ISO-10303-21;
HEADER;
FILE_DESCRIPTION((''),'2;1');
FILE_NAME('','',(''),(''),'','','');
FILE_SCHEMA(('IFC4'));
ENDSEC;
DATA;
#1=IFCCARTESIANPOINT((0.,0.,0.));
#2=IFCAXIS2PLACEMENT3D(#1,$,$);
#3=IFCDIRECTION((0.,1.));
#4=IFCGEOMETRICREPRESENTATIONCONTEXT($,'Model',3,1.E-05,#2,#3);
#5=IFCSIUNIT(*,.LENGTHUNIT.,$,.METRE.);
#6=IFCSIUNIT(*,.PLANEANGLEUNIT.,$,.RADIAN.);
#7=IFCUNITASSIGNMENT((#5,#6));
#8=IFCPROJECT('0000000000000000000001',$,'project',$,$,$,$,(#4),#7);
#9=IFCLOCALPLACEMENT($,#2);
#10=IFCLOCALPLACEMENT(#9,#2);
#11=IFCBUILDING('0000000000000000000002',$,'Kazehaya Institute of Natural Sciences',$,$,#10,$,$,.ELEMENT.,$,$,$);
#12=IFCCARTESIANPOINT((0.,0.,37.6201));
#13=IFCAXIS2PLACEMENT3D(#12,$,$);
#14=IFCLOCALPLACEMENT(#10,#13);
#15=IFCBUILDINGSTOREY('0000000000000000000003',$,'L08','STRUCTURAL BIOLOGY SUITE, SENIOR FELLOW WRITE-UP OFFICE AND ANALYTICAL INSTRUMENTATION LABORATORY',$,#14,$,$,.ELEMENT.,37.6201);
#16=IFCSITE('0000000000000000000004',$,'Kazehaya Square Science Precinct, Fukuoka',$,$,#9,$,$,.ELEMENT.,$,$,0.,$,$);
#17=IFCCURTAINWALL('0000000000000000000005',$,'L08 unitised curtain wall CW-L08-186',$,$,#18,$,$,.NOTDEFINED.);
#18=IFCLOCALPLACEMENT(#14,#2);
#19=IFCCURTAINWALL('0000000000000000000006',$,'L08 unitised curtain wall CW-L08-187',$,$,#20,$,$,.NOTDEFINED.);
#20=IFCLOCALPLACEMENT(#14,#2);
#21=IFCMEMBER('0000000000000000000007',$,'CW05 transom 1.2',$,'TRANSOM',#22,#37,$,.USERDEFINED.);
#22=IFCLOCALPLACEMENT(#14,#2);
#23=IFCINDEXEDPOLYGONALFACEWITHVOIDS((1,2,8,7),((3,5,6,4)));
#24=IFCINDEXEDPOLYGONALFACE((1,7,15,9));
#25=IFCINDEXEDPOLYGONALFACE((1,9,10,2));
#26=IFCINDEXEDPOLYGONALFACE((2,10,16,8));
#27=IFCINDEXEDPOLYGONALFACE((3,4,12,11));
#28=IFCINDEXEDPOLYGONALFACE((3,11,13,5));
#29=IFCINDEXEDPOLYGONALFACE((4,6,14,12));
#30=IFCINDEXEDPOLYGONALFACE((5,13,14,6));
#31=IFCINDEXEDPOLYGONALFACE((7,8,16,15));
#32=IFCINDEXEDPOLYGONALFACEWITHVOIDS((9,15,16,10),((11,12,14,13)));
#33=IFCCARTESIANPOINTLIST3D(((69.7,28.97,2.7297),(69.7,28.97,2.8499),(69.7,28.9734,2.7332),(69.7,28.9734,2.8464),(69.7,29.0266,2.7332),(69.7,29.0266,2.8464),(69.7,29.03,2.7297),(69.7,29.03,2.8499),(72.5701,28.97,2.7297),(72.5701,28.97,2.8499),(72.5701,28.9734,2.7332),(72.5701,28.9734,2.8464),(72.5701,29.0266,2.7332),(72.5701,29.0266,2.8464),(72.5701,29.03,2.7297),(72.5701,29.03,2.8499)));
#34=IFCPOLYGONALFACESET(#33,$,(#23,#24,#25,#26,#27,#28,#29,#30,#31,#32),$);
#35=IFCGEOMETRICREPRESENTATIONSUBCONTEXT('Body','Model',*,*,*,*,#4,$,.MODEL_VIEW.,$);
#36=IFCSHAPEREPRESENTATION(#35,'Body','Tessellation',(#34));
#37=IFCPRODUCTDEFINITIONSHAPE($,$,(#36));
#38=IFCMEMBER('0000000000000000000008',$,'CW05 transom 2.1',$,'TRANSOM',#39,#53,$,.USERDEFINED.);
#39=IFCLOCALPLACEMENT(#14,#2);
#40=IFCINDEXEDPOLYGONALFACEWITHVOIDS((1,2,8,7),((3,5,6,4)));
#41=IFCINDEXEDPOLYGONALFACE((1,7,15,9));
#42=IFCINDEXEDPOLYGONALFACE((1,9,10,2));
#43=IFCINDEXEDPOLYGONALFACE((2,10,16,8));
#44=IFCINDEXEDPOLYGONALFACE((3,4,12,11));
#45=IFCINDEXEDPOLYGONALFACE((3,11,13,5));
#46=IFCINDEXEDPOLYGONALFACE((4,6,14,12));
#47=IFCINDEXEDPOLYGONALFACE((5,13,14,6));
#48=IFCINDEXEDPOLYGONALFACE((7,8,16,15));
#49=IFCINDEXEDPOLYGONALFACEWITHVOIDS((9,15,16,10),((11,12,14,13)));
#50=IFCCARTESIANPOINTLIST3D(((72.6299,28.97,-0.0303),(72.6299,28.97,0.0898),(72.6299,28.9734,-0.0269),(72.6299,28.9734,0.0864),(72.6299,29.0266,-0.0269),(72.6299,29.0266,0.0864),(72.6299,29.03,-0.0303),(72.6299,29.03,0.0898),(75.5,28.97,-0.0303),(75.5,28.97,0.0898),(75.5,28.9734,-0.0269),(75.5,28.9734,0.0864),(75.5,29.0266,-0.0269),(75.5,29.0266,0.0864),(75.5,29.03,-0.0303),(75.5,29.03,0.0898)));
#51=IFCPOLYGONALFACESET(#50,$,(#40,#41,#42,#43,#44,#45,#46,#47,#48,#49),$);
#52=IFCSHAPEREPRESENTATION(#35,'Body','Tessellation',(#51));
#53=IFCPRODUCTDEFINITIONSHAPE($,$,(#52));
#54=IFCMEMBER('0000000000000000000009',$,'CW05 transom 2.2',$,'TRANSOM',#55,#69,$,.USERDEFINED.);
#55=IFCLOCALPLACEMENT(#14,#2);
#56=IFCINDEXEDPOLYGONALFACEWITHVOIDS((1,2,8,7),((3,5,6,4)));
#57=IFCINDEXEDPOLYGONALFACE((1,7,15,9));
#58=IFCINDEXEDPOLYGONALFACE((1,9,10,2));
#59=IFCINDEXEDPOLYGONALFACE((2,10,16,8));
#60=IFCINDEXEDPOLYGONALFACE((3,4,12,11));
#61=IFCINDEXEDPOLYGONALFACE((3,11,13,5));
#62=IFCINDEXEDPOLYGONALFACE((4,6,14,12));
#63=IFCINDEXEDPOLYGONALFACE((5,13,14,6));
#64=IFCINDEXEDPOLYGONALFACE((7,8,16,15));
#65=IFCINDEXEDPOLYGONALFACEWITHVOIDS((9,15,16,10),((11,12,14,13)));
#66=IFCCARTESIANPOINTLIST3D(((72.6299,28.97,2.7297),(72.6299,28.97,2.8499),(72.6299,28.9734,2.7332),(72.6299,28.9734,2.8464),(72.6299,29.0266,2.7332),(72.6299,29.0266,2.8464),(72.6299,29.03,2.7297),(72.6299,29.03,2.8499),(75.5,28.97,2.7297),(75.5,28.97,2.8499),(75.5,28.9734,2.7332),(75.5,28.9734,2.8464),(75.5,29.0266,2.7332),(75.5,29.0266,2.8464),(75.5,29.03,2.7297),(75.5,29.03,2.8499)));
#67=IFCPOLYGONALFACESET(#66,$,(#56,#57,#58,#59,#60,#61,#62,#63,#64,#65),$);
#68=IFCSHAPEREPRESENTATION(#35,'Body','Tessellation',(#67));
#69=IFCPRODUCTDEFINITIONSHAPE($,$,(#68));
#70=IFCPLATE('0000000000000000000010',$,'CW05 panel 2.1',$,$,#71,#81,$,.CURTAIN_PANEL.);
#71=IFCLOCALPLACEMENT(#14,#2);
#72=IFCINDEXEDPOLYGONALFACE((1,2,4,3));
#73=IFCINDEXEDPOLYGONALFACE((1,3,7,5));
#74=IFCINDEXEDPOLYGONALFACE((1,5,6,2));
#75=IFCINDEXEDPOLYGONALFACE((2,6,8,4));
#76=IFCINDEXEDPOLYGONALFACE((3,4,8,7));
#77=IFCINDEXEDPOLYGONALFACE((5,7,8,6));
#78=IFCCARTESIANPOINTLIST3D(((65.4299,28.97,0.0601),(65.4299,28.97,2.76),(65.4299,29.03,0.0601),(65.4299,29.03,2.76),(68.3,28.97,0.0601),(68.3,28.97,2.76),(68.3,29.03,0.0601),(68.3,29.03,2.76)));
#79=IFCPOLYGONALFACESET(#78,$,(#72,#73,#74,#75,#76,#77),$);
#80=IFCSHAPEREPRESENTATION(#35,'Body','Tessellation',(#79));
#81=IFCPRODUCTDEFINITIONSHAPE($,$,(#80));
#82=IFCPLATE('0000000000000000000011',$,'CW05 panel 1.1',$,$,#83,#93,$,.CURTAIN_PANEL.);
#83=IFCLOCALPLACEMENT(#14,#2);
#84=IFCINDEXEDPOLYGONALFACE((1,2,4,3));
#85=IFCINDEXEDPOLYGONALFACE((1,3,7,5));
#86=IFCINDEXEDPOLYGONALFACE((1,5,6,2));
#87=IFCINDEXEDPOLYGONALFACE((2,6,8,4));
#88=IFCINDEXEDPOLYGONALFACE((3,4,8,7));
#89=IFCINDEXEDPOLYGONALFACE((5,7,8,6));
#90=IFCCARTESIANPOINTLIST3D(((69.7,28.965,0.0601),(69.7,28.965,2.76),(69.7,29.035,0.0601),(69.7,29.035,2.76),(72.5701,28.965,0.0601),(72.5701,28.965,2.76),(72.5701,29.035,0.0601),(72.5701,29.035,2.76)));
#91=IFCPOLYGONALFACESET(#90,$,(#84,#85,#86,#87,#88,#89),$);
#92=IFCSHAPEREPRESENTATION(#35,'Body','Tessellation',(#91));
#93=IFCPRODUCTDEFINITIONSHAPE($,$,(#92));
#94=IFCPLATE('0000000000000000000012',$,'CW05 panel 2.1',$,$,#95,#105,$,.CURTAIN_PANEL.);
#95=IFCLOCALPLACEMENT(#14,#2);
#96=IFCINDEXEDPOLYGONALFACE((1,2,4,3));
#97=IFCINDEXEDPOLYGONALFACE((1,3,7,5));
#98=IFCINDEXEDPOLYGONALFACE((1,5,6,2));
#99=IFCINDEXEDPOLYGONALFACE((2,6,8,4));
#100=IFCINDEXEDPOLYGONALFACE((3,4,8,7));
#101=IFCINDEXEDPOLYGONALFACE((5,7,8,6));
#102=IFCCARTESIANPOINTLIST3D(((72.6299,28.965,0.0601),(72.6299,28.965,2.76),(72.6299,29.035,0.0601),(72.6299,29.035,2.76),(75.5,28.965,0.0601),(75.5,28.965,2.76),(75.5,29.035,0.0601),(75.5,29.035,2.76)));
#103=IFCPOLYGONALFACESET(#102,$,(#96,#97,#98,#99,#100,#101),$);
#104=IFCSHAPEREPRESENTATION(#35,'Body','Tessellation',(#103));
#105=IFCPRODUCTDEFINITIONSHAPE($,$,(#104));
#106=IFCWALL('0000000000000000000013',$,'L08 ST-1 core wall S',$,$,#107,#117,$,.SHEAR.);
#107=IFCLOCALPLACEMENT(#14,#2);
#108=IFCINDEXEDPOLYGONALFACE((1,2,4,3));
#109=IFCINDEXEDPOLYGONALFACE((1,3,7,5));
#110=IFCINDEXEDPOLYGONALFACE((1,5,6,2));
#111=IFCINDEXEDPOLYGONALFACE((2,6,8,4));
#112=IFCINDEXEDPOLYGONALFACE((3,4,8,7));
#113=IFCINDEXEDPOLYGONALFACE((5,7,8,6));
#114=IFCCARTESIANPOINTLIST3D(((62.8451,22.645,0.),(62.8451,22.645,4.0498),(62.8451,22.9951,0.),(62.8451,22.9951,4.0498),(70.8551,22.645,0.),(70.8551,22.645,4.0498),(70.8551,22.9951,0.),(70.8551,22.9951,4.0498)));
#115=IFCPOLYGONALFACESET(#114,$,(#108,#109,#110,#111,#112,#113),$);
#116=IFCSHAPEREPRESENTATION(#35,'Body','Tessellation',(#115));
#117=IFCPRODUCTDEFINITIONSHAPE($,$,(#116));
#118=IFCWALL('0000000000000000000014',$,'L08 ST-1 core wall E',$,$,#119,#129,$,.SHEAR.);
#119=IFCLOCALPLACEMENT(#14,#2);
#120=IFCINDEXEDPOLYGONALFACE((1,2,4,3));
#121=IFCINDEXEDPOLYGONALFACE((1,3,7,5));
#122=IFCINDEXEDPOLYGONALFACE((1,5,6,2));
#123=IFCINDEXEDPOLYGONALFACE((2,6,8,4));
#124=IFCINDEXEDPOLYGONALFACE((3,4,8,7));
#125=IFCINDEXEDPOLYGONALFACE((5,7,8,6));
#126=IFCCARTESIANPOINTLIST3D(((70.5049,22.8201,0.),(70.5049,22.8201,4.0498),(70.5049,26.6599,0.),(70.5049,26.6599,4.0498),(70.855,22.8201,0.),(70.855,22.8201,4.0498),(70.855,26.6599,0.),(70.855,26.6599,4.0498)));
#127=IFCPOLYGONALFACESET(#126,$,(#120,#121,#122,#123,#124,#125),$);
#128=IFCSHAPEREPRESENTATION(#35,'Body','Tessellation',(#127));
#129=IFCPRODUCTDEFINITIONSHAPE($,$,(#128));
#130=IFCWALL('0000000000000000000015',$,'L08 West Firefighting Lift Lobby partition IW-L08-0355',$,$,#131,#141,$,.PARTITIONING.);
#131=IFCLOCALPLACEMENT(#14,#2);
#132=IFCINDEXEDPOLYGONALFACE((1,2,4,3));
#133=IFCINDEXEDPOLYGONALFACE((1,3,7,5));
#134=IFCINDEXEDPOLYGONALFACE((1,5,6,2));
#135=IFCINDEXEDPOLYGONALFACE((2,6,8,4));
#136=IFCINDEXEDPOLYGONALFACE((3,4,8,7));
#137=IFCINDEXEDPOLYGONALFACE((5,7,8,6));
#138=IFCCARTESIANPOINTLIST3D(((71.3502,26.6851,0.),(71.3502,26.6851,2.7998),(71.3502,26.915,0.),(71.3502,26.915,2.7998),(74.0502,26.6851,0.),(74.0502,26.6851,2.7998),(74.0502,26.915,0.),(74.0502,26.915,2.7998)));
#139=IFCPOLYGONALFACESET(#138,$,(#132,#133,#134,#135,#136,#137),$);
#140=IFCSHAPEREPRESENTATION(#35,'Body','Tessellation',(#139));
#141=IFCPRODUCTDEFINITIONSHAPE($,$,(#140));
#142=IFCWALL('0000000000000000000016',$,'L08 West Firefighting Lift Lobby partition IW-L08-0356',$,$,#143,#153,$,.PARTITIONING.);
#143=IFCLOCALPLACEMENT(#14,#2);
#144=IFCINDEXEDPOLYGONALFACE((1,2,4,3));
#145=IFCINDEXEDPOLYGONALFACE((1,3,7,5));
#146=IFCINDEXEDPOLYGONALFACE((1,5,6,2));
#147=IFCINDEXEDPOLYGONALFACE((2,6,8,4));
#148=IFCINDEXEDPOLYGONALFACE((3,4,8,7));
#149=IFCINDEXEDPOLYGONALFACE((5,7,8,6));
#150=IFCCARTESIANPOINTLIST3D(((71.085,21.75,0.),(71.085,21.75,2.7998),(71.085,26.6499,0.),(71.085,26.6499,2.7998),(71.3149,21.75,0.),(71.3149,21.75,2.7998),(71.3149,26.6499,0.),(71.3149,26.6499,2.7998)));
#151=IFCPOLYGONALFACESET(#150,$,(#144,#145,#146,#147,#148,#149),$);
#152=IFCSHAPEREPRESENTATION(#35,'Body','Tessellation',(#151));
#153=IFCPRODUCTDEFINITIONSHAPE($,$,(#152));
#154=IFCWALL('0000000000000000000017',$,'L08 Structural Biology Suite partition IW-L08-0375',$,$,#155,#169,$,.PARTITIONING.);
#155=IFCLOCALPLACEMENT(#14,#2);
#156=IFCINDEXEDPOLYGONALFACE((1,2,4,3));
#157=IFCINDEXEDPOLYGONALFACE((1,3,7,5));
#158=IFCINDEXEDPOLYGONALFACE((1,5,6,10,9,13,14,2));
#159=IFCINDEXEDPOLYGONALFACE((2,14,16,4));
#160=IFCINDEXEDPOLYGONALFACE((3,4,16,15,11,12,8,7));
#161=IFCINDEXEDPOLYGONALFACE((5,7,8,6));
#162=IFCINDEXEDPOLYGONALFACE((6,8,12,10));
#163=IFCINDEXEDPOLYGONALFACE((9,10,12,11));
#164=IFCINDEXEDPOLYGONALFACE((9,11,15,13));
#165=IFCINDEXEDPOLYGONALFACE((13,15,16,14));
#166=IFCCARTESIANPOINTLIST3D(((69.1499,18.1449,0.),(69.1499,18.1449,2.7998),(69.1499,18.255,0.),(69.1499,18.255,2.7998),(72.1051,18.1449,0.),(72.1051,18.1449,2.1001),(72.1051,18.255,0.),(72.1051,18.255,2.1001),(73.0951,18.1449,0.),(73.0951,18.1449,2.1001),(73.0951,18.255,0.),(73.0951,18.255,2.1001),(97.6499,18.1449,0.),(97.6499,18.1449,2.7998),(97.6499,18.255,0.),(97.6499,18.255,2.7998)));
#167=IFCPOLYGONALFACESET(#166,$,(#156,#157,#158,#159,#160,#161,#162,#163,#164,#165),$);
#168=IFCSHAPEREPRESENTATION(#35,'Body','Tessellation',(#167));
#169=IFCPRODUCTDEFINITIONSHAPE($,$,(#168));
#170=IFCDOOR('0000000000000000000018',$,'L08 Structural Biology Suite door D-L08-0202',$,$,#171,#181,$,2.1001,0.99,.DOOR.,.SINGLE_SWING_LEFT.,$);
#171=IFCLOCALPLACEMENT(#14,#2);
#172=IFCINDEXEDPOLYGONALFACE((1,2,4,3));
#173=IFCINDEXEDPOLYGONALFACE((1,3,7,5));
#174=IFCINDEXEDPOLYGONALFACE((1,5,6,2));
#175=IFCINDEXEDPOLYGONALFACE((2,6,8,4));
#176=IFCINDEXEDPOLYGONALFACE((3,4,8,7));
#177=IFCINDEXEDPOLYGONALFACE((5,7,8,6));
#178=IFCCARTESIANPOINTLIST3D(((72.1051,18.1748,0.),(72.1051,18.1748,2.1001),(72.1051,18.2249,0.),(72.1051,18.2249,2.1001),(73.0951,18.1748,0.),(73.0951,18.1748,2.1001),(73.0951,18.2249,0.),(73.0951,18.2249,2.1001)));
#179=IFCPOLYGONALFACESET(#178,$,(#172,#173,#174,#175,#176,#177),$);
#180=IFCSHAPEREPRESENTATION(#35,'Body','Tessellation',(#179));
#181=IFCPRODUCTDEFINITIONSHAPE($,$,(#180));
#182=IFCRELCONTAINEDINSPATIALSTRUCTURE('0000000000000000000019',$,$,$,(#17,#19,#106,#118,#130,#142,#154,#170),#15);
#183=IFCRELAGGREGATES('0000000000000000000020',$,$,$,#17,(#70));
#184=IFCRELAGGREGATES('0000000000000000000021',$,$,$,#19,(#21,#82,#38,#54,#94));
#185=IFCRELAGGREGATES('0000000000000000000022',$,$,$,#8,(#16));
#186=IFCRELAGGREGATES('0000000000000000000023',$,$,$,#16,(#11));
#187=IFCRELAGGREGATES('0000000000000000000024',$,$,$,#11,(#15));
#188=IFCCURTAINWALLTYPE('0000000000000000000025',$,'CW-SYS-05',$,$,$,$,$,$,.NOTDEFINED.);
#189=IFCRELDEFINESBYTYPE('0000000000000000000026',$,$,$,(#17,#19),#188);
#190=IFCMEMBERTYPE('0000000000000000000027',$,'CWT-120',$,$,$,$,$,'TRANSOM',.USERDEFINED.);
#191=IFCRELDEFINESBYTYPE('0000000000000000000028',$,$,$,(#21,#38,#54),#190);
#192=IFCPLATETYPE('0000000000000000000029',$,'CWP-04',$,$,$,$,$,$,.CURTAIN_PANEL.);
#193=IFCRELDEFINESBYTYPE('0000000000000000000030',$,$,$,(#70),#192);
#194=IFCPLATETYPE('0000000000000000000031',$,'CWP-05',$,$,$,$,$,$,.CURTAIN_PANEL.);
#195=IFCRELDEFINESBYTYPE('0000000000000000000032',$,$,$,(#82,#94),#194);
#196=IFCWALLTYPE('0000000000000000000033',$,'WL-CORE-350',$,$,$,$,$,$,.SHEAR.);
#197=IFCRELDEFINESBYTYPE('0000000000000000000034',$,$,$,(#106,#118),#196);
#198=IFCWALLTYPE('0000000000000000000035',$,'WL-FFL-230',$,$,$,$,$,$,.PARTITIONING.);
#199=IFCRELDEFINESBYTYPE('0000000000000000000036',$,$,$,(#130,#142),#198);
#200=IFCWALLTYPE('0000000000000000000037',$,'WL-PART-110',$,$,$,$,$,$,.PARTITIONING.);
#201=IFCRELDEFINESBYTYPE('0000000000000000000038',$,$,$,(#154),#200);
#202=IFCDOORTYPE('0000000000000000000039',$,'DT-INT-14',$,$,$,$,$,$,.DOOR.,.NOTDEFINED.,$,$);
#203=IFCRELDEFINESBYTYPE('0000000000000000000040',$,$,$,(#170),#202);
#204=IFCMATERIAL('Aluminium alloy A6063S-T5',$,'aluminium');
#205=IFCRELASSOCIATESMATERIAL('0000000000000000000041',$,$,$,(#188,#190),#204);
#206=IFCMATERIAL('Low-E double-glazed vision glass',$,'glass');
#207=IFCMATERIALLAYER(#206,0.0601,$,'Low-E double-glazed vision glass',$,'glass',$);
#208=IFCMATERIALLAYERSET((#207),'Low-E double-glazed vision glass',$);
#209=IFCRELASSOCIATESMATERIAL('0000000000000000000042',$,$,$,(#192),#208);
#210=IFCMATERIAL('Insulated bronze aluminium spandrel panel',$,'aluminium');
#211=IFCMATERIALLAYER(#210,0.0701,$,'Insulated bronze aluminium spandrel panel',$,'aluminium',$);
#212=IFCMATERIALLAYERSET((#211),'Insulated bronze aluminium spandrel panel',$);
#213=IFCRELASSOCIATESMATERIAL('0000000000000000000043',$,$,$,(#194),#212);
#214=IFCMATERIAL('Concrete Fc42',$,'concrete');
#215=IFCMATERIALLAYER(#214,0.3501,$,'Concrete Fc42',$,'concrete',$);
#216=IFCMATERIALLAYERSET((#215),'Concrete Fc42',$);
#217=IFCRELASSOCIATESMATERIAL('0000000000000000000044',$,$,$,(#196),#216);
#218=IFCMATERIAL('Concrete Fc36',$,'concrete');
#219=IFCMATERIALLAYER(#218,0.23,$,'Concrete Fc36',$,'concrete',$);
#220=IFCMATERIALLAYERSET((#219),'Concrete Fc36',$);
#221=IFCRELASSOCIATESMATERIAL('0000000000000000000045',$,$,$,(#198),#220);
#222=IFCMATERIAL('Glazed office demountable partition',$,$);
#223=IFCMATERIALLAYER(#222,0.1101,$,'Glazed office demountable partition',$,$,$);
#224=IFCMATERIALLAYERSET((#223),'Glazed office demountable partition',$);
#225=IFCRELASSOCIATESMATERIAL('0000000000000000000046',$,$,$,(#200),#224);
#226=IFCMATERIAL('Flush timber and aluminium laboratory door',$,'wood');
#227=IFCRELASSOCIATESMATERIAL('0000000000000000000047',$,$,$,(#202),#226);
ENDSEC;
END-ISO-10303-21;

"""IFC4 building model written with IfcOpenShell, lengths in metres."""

from ifc_helpers import new_model, si_unit, direction, frame, frame_2d, origin, origin_2d, place, context, subcontext, project, spatial, rectangle, hollow_rectangle, extrude, material, layer, layer_set, material_profile, profile_set, type_object, element, fill, aggregate, save


model = new_model("IFC4")

# Units and contexts
model_context = context("Model", 3, precision=1e-05, world=origin(), true_north=direction((0.0, 1.0)))
body_context = subcontext(model_context, "Body", "Model", "MODEL_VIEW")
ifc_project = project(units=[si_unit("LENGTHUNIT", "METRE"), si_unit("PLANEANGLEUNIT", "RADIAN")], contexts=[model_context])

# Site, building, storey
site_placement = place(None, origin())
site = spatial("IfcSite", under=ifc_project, at=site_placement, Name="Kazehaya Square Science Precinct, Fukuoka", CompositionType="ELEMENT", RefElevation=0.0)
building_placement = place(site_placement, origin())
building = spatial("IfcBuilding", under=site, at=building_placement, Name="Kazehaya Institute of Natural Sciences", CompositionType="ELEMENT")
storey_placement = place(building_placement, frame((0.0, 0.0, 37.6201)))
storey = spatial("IfcBuildingStorey", under=building, at=storey_placement, Name="L08", Description="STRUCTURAL BIOLOGY SUITE, SENIOR FELLOW WRITE-UP OFFICE AND ANALYTICAL INSTRUMENTATION LABORATORY", CompositionType="ELEMENT", Elevation=37.6201)

# Shared definitions
ifc_material_1 = material(Name="Concrete Fc36", Category="concrete")

# Curtain wall
ifc_material_2 = material(Name="Aluminium alloy A6063S-T5", Category="aluminium")
curtain_wall_type = type_object("IfcCurtainWallType", Name="CW-SYS-05", PredefinedType="NOTDEFINED", material=ifc_material_2)
curtain_wall_1_placement = place(storey_placement, origin())
curtain_wall_1 = element("IfcCurtainWall", 1, at=curtain_wall_1_placement, inside=storey, type_object=curtain_wall_type, Name="L08 unitised curtain wall CW-L08-186", PredefinedType="NOTDEFINED")

# Curtain wall, members
curtain_wall_2_placement = place(storey_placement, origin())
curtain_wall_2 = element("IfcCurtainWall", 2, at=curtain_wall_2_placement, inside=storey, type_object=curtain_wall_type, Name="L08 unitised curtain wall CW-L08-187", PredefinedType="NOTDEFINED")
ifc_material_profile_1 = material_profile(ifc_material_2, hollow_rectangle(XDim=0.0601, YDim=0.1201, WallThickness=0.0034, at=origin_2d()), Name="ALU-60x120x3.5")
ifc_profile_set_1 = profile_set([ifc_material_profile_1], Name="Aluminium alloy A6063S-T5")
member_type_1 = type_object("IfcMemberType", Name="CWT-120", ElementType="TRANSOM", PredefinedType="USERDEFINED", material=ifc_profile_set_1)
member_1_placement = place(storey_placement, frame((69.7, 29.0, 2.7898), z_axis=(1.0, 0.0, 0.0), x_axis=(0.0, 1.0, 0.0)))
member_1 = element("IfcMember", 3, at=member_1_placement, type_object=member_type_1, Name="CW05 transom 1.2", ObjectType="TRANSOM", PredefinedType="USERDEFINED", context=body_context, shape_type="SweptSolid", body=[
    extrude(hollow_rectangle(XDim=0.0601, YDim=0.1201, WallThickness=0.0034, at=origin_2d()), origin(), (0.0, 0.0, 1.0), 2.8701),
])
member_2_placement = place(storey_placement, frame((72.6299, 29.0, 0.0298), z_axis=(1.0, 0.0, 0.0), x_axis=(0.0, 1.0, 0.0)))
member_2 = element("IfcMember", 4, at=member_2_placement, type_object=member_type_1, Name="CW05 transom 2.1", ObjectType="TRANSOM", PredefinedType="USERDEFINED", context=body_context, shape_type="SweptSolid", body=[
    extrude(hollow_rectangle(XDim=0.0601, YDim=0.1201, WallThickness=0.0034, at=origin_2d()), origin(), (0.0, 0.0, 1.0), 2.8701),
])
member_3_placement = place(storey_placement, frame((72.6299, 29.0, 2.7898), z_axis=(1.0, 0.0, 0.0), x_axis=(0.0, 1.0, 0.0)))
member_3 = element("IfcMember", 5, at=member_3_placement, type_object=member_type_1, Name="CW05 transom 2.2", ObjectType="TRANSOM", PredefinedType="USERDEFINED", context=body_context, shape_type="SweptSolid", body=[
    extrude(hollow_rectangle(XDim=0.0601, YDim=0.1201, WallThickness=0.0034, at=origin_2d()), origin(), (0.0, 0.0, 1.0), 2.8701),
])

# Plates
ifc_material_3 = material(Name="Low-E double-glazed vision glass", Category="glass")
ifc_layer_1 = layer(ifc_material_3, 0.0601, Name="Low-E double-glazed vision glass", Category="glass")
ifc_layer_set_1 = layer_set([ifc_layer_1], Name="Low-E double-glazed vision glass")
plate_type_1 = type_object("IfcPlateType", Name="CWP-04", PredefinedType="CURTAIN_PANEL", material=ifc_layer_set_1)
plate_1_placement = place(storey_placement, frame((66.865, 29.0, 0.0601), z_axis=(0.0, 0.0, 1.0), x_axis=(1.0, 0.0, 0.0)))
plate_1 = element("IfcPlate", 6, at=plate_1_placement, type_object=plate_type_1, Name="CW05 panel 2.1", PredefinedType="CURTAIN_PANEL", context=body_context, shape_type="SweptSolid", body=[
    extrude(rectangle(XDim=2.8701, YDim=0.0601, at=origin_2d()), origin(), (0.0, 0.0, 1.0), 2.7),
])
aggregate(curtain_wall_1, [plate_1])
ifc_material_4 = material(Name="Insulated bronze aluminium spandrel panel", Category="aluminium")
ifc_layer_2 = layer(ifc_material_4, 0.0701, Name="Insulated bronze aluminium spandrel panel", Category="aluminium")
ifc_layer_set_2 = layer_set([ifc_layer_2], Name="Insulated bronze aluminium spandrel panel")
plate_type_2 = type_object("IfcPlateType", Name="CWP-05", PredefinedType="CURTAIN_PANEL", material=ifc_layer_set_2)
plate_2_placement = place(storey_placement, frame((71.135, 29.0, 0.0601), z_axis=(0.0, 0.0, 1.0), x_axis=(1.0, 0.0, 0.0)))
plate_2 = element("IfcPlate", 7, at=plate_2_placement, type_object=plate_type_2, Name="CW05 panel 1.1", PredefinedType="CURTAIN_PANEL", context=body_context, shape_type="SweptSolid", body=[
    extrude(rectangle(XDim=2.8701, YDim=0.0701, at=origin_2d()), origin(), (0.0, 0.0, 1.0), 2.7),
])
plate_3_placement = place(storey_placement, frame((74.0649, 29.0, 0.0601), z_axis=(0.0, 0.0, 1.0), x_axis=(1.0, 0.0, 0.0)))
plate_3 = element("IfcPlate", 8, at=plate_3_placement, type_object=plate_type_2, Name="CW05 panel 2.1", PredefinedType="CURTAIN_PANEL", context=body_context, shape_type="SweptSolid", body=[
    extrude(rectangle(XDim=2.8701, YDim=0.0701, at=origin_2d()), origin(), (0.0, 0.0, 1.0), 2.7),
])
aggregate(curtain_wall_2, [member_1, plate_2, member_2, member_3, plate_3])

# Walls
ifc_material_5 = material(Name="Concrete Fc42", Category="concrete")
ifc_layer_3 = layer(ifc_material_5, 0.3501, Name="Concrete Fc42", Category="concrete")
ifc_layer_set_3 = layer_set([ifc_layer_3], Name="Concrete Fc42")
wall_type_1 = type_object("IfcWallType", Name="WL-CORE-350", PredefinedType="SHEAR", material=ifc_layer_set_3)
wall_1_placement = place(storey_placement, frame((70.855, 22.8201, 0.0), z_axis=(0.0, 0.0, 1.0), x_axis=(-1.0, 0.0, 0.0)))
element("IfcWall", 9, at=wall_1_placement, inside=storey, type_object=wall_type_1, Name="L08 ST-1 core wall S", PredefinedType="SHEAR", context=body_context, shape_type="SweptSolid", body=[
    extrude(rectangle(XDim=8.01, YDim=0.3501, at=frame_2d((4.0049, 0.0))), origin(), (0.0, 0.0, 1.0), 4.0498),
])
wall_2_placement = place(storey_placement, frame((70.6799, 26.6599, 0.0), z_axis=(0.0, 0.0, 1.0), x_axis=(0.0, -1.0, 0.0)))
element("IfcWall", 10, at=wall_2_placement, inside=storey, type_object=wall_type_1, Name="L08 ST-1 core wall E", PredefinedType="SHEAR", context=body_context, shape_type="SweptSolid", body=[
    extrude(rectangle(XDim=3.8398, YDim=0.3501, at=frame_2d((1.9199, 0.0))), origin(), (0.0, 0.0, 1.0), 4.0498),
])

# Shared definitions
ifc_layer_4 = layer(ifc_material_1, 0.23, Name="Concrete Fc36", Category="concrete")
ifc_layer_set_4 = layer_set([ifc_layer_4], Name="Concrete Fc36")
wall_type_2 = type_object("IfcWallType", Name="WL-FFL-230", PredefinedType="PARTITIONING", material=ifc_layer_set_4)

# Walls
wall_3_placement = place(storey_placement, frame((71.3501, 26.8, 0.0), z_axis=(0.0, 0.0, 1.0), x_axis=(1.0, 0.0, 0.0)))
element("IfcWall", 11, at=wall_3_placement, inside=storey, type_object=wall_type_2, Name="L08 West Firefighting Lift Lobby partition IW-L08-0355", PredefinedType="PARTITIONING", context=body_context, shape_type="SweptSolid", body=[
    extrude(rectangle(XDim=2.7, YDim=0.23, at=frame_2d((1.3501, 0.0))), origin(), (0.0, 0.0, 1.0), 2.7998),
])
wall_4_placement = place(storey_placement, frame((71.2, 21.75, 0.0), z_axis=(0.0, 0.0, 1.0), x_axis=(0.0, 1.0, 0.0)))
element("IfcWall", 12, at=wall_4_placement, inside=storey, type_object=wall_type_2, Name="L08 West Firefighting Lift Lobby partition IW-L08-0356", PredefinedType="PARTITIONING", context=body_context, shape_type="SweptSolid", body=[
    extrude(rectangle(XDim=4.8999, YDim=0.23, at=frame_2d((2.45, 0.0))), origin(), (0.0, 0.0, 1.0), 2.7998),
])

# Wall, opening, door
ifc_material_6 = material(Name="Glazed office demountable partition")
ifc_layer_5 = layer(ifc_material_6, 0.1101, Name="Glazed office demountable partition")
ifc_layer_set_5 = layer_set([ifc_layer_5], Name="Glazed office demountable partition")
wall_type_3 = type_object("IfcWallType", Name="WL-PART-110", PredefinedType="PARTITIONING", material=ifc_layer_set_5)
wall_5_placement = place(storey_placement, frame((69.1499, 18.2, 0.0), z_axis=(0.0, 0.0, 1.0), x_axis=(1.0, 0.0, 0.0)))
wall_5 = element("IfcWall", 13, at=wall_5_placement, inside=storey, type_object=wall_type_3, Name="L08 Structural Biology Suite partition IW-L08-0375", PredefinedType="PARTITIONING", context=body_context, shape_type="SweptSolid", body=[
    extrude(rectangle(XDim=28.5, YDim=0.1101, at=frame_2d((14.25, 0.0))), origin(), (0.0, 0.0, 1.0), 2.7998),
])
opening_1_placement = place(wall_5_placement, frame((2.9551, 0.0, 0.0)))
opening_1 = element("IfcOpeningElement", 14, at=opening_1_placement, cuts=wall_5, PredefinedType="OPENING", context=body_context, shape_type="SweptSolid", body=[
    extrude(rectangle(XDim=0.99, YDim=2.1001, at=frame_2d((0.4951, 1.05))), frame((0.0, 0.0649, 0.0), z_axis=(0.0, -1.0, 0.0), x_axis=(1.0, 0.0, 0.0)), (0.0, 0.0, 1.0), 0.1301),
])
ifc_material_7 = material(Name="Flush timber and aluminium laboratory door", Category="wood")
door_type_1 = type_object("IfcDoorType", Name="DT-INT-14", OperationType="NOTDEFINED", PredefinedType="DOOR", material=ifc_material_7)
door_1_placement = place(opening_1_placement, origin())
door_1 = element("IfcDoor", 15, at=door_1_placement, inside=storey, type_object=door_type_1, Name="L08 Structural Biology Suite door D-L08-0202", OperationType="SINGLE_SWING_LEFT", OverallHeight=2.1001, OverallWidth=0.99, PredefinedType="DOOR", context=body_context, shape_type="SweptSolid", body=[
    extrude(rectangle(XDim=0.99, YDim=2.1001, at=frame_2d((0.4951, 1.05))), frame((0.0, 0.0249, 0.0), z_axis=(0.0, -1.0, 0.0), x_axis=(1.0, 0.0, 0.0)), (0.0, 0.0, 1.0), 0.05),
])
fill(opening_1, door_1)

save(model, "model.ifc")
